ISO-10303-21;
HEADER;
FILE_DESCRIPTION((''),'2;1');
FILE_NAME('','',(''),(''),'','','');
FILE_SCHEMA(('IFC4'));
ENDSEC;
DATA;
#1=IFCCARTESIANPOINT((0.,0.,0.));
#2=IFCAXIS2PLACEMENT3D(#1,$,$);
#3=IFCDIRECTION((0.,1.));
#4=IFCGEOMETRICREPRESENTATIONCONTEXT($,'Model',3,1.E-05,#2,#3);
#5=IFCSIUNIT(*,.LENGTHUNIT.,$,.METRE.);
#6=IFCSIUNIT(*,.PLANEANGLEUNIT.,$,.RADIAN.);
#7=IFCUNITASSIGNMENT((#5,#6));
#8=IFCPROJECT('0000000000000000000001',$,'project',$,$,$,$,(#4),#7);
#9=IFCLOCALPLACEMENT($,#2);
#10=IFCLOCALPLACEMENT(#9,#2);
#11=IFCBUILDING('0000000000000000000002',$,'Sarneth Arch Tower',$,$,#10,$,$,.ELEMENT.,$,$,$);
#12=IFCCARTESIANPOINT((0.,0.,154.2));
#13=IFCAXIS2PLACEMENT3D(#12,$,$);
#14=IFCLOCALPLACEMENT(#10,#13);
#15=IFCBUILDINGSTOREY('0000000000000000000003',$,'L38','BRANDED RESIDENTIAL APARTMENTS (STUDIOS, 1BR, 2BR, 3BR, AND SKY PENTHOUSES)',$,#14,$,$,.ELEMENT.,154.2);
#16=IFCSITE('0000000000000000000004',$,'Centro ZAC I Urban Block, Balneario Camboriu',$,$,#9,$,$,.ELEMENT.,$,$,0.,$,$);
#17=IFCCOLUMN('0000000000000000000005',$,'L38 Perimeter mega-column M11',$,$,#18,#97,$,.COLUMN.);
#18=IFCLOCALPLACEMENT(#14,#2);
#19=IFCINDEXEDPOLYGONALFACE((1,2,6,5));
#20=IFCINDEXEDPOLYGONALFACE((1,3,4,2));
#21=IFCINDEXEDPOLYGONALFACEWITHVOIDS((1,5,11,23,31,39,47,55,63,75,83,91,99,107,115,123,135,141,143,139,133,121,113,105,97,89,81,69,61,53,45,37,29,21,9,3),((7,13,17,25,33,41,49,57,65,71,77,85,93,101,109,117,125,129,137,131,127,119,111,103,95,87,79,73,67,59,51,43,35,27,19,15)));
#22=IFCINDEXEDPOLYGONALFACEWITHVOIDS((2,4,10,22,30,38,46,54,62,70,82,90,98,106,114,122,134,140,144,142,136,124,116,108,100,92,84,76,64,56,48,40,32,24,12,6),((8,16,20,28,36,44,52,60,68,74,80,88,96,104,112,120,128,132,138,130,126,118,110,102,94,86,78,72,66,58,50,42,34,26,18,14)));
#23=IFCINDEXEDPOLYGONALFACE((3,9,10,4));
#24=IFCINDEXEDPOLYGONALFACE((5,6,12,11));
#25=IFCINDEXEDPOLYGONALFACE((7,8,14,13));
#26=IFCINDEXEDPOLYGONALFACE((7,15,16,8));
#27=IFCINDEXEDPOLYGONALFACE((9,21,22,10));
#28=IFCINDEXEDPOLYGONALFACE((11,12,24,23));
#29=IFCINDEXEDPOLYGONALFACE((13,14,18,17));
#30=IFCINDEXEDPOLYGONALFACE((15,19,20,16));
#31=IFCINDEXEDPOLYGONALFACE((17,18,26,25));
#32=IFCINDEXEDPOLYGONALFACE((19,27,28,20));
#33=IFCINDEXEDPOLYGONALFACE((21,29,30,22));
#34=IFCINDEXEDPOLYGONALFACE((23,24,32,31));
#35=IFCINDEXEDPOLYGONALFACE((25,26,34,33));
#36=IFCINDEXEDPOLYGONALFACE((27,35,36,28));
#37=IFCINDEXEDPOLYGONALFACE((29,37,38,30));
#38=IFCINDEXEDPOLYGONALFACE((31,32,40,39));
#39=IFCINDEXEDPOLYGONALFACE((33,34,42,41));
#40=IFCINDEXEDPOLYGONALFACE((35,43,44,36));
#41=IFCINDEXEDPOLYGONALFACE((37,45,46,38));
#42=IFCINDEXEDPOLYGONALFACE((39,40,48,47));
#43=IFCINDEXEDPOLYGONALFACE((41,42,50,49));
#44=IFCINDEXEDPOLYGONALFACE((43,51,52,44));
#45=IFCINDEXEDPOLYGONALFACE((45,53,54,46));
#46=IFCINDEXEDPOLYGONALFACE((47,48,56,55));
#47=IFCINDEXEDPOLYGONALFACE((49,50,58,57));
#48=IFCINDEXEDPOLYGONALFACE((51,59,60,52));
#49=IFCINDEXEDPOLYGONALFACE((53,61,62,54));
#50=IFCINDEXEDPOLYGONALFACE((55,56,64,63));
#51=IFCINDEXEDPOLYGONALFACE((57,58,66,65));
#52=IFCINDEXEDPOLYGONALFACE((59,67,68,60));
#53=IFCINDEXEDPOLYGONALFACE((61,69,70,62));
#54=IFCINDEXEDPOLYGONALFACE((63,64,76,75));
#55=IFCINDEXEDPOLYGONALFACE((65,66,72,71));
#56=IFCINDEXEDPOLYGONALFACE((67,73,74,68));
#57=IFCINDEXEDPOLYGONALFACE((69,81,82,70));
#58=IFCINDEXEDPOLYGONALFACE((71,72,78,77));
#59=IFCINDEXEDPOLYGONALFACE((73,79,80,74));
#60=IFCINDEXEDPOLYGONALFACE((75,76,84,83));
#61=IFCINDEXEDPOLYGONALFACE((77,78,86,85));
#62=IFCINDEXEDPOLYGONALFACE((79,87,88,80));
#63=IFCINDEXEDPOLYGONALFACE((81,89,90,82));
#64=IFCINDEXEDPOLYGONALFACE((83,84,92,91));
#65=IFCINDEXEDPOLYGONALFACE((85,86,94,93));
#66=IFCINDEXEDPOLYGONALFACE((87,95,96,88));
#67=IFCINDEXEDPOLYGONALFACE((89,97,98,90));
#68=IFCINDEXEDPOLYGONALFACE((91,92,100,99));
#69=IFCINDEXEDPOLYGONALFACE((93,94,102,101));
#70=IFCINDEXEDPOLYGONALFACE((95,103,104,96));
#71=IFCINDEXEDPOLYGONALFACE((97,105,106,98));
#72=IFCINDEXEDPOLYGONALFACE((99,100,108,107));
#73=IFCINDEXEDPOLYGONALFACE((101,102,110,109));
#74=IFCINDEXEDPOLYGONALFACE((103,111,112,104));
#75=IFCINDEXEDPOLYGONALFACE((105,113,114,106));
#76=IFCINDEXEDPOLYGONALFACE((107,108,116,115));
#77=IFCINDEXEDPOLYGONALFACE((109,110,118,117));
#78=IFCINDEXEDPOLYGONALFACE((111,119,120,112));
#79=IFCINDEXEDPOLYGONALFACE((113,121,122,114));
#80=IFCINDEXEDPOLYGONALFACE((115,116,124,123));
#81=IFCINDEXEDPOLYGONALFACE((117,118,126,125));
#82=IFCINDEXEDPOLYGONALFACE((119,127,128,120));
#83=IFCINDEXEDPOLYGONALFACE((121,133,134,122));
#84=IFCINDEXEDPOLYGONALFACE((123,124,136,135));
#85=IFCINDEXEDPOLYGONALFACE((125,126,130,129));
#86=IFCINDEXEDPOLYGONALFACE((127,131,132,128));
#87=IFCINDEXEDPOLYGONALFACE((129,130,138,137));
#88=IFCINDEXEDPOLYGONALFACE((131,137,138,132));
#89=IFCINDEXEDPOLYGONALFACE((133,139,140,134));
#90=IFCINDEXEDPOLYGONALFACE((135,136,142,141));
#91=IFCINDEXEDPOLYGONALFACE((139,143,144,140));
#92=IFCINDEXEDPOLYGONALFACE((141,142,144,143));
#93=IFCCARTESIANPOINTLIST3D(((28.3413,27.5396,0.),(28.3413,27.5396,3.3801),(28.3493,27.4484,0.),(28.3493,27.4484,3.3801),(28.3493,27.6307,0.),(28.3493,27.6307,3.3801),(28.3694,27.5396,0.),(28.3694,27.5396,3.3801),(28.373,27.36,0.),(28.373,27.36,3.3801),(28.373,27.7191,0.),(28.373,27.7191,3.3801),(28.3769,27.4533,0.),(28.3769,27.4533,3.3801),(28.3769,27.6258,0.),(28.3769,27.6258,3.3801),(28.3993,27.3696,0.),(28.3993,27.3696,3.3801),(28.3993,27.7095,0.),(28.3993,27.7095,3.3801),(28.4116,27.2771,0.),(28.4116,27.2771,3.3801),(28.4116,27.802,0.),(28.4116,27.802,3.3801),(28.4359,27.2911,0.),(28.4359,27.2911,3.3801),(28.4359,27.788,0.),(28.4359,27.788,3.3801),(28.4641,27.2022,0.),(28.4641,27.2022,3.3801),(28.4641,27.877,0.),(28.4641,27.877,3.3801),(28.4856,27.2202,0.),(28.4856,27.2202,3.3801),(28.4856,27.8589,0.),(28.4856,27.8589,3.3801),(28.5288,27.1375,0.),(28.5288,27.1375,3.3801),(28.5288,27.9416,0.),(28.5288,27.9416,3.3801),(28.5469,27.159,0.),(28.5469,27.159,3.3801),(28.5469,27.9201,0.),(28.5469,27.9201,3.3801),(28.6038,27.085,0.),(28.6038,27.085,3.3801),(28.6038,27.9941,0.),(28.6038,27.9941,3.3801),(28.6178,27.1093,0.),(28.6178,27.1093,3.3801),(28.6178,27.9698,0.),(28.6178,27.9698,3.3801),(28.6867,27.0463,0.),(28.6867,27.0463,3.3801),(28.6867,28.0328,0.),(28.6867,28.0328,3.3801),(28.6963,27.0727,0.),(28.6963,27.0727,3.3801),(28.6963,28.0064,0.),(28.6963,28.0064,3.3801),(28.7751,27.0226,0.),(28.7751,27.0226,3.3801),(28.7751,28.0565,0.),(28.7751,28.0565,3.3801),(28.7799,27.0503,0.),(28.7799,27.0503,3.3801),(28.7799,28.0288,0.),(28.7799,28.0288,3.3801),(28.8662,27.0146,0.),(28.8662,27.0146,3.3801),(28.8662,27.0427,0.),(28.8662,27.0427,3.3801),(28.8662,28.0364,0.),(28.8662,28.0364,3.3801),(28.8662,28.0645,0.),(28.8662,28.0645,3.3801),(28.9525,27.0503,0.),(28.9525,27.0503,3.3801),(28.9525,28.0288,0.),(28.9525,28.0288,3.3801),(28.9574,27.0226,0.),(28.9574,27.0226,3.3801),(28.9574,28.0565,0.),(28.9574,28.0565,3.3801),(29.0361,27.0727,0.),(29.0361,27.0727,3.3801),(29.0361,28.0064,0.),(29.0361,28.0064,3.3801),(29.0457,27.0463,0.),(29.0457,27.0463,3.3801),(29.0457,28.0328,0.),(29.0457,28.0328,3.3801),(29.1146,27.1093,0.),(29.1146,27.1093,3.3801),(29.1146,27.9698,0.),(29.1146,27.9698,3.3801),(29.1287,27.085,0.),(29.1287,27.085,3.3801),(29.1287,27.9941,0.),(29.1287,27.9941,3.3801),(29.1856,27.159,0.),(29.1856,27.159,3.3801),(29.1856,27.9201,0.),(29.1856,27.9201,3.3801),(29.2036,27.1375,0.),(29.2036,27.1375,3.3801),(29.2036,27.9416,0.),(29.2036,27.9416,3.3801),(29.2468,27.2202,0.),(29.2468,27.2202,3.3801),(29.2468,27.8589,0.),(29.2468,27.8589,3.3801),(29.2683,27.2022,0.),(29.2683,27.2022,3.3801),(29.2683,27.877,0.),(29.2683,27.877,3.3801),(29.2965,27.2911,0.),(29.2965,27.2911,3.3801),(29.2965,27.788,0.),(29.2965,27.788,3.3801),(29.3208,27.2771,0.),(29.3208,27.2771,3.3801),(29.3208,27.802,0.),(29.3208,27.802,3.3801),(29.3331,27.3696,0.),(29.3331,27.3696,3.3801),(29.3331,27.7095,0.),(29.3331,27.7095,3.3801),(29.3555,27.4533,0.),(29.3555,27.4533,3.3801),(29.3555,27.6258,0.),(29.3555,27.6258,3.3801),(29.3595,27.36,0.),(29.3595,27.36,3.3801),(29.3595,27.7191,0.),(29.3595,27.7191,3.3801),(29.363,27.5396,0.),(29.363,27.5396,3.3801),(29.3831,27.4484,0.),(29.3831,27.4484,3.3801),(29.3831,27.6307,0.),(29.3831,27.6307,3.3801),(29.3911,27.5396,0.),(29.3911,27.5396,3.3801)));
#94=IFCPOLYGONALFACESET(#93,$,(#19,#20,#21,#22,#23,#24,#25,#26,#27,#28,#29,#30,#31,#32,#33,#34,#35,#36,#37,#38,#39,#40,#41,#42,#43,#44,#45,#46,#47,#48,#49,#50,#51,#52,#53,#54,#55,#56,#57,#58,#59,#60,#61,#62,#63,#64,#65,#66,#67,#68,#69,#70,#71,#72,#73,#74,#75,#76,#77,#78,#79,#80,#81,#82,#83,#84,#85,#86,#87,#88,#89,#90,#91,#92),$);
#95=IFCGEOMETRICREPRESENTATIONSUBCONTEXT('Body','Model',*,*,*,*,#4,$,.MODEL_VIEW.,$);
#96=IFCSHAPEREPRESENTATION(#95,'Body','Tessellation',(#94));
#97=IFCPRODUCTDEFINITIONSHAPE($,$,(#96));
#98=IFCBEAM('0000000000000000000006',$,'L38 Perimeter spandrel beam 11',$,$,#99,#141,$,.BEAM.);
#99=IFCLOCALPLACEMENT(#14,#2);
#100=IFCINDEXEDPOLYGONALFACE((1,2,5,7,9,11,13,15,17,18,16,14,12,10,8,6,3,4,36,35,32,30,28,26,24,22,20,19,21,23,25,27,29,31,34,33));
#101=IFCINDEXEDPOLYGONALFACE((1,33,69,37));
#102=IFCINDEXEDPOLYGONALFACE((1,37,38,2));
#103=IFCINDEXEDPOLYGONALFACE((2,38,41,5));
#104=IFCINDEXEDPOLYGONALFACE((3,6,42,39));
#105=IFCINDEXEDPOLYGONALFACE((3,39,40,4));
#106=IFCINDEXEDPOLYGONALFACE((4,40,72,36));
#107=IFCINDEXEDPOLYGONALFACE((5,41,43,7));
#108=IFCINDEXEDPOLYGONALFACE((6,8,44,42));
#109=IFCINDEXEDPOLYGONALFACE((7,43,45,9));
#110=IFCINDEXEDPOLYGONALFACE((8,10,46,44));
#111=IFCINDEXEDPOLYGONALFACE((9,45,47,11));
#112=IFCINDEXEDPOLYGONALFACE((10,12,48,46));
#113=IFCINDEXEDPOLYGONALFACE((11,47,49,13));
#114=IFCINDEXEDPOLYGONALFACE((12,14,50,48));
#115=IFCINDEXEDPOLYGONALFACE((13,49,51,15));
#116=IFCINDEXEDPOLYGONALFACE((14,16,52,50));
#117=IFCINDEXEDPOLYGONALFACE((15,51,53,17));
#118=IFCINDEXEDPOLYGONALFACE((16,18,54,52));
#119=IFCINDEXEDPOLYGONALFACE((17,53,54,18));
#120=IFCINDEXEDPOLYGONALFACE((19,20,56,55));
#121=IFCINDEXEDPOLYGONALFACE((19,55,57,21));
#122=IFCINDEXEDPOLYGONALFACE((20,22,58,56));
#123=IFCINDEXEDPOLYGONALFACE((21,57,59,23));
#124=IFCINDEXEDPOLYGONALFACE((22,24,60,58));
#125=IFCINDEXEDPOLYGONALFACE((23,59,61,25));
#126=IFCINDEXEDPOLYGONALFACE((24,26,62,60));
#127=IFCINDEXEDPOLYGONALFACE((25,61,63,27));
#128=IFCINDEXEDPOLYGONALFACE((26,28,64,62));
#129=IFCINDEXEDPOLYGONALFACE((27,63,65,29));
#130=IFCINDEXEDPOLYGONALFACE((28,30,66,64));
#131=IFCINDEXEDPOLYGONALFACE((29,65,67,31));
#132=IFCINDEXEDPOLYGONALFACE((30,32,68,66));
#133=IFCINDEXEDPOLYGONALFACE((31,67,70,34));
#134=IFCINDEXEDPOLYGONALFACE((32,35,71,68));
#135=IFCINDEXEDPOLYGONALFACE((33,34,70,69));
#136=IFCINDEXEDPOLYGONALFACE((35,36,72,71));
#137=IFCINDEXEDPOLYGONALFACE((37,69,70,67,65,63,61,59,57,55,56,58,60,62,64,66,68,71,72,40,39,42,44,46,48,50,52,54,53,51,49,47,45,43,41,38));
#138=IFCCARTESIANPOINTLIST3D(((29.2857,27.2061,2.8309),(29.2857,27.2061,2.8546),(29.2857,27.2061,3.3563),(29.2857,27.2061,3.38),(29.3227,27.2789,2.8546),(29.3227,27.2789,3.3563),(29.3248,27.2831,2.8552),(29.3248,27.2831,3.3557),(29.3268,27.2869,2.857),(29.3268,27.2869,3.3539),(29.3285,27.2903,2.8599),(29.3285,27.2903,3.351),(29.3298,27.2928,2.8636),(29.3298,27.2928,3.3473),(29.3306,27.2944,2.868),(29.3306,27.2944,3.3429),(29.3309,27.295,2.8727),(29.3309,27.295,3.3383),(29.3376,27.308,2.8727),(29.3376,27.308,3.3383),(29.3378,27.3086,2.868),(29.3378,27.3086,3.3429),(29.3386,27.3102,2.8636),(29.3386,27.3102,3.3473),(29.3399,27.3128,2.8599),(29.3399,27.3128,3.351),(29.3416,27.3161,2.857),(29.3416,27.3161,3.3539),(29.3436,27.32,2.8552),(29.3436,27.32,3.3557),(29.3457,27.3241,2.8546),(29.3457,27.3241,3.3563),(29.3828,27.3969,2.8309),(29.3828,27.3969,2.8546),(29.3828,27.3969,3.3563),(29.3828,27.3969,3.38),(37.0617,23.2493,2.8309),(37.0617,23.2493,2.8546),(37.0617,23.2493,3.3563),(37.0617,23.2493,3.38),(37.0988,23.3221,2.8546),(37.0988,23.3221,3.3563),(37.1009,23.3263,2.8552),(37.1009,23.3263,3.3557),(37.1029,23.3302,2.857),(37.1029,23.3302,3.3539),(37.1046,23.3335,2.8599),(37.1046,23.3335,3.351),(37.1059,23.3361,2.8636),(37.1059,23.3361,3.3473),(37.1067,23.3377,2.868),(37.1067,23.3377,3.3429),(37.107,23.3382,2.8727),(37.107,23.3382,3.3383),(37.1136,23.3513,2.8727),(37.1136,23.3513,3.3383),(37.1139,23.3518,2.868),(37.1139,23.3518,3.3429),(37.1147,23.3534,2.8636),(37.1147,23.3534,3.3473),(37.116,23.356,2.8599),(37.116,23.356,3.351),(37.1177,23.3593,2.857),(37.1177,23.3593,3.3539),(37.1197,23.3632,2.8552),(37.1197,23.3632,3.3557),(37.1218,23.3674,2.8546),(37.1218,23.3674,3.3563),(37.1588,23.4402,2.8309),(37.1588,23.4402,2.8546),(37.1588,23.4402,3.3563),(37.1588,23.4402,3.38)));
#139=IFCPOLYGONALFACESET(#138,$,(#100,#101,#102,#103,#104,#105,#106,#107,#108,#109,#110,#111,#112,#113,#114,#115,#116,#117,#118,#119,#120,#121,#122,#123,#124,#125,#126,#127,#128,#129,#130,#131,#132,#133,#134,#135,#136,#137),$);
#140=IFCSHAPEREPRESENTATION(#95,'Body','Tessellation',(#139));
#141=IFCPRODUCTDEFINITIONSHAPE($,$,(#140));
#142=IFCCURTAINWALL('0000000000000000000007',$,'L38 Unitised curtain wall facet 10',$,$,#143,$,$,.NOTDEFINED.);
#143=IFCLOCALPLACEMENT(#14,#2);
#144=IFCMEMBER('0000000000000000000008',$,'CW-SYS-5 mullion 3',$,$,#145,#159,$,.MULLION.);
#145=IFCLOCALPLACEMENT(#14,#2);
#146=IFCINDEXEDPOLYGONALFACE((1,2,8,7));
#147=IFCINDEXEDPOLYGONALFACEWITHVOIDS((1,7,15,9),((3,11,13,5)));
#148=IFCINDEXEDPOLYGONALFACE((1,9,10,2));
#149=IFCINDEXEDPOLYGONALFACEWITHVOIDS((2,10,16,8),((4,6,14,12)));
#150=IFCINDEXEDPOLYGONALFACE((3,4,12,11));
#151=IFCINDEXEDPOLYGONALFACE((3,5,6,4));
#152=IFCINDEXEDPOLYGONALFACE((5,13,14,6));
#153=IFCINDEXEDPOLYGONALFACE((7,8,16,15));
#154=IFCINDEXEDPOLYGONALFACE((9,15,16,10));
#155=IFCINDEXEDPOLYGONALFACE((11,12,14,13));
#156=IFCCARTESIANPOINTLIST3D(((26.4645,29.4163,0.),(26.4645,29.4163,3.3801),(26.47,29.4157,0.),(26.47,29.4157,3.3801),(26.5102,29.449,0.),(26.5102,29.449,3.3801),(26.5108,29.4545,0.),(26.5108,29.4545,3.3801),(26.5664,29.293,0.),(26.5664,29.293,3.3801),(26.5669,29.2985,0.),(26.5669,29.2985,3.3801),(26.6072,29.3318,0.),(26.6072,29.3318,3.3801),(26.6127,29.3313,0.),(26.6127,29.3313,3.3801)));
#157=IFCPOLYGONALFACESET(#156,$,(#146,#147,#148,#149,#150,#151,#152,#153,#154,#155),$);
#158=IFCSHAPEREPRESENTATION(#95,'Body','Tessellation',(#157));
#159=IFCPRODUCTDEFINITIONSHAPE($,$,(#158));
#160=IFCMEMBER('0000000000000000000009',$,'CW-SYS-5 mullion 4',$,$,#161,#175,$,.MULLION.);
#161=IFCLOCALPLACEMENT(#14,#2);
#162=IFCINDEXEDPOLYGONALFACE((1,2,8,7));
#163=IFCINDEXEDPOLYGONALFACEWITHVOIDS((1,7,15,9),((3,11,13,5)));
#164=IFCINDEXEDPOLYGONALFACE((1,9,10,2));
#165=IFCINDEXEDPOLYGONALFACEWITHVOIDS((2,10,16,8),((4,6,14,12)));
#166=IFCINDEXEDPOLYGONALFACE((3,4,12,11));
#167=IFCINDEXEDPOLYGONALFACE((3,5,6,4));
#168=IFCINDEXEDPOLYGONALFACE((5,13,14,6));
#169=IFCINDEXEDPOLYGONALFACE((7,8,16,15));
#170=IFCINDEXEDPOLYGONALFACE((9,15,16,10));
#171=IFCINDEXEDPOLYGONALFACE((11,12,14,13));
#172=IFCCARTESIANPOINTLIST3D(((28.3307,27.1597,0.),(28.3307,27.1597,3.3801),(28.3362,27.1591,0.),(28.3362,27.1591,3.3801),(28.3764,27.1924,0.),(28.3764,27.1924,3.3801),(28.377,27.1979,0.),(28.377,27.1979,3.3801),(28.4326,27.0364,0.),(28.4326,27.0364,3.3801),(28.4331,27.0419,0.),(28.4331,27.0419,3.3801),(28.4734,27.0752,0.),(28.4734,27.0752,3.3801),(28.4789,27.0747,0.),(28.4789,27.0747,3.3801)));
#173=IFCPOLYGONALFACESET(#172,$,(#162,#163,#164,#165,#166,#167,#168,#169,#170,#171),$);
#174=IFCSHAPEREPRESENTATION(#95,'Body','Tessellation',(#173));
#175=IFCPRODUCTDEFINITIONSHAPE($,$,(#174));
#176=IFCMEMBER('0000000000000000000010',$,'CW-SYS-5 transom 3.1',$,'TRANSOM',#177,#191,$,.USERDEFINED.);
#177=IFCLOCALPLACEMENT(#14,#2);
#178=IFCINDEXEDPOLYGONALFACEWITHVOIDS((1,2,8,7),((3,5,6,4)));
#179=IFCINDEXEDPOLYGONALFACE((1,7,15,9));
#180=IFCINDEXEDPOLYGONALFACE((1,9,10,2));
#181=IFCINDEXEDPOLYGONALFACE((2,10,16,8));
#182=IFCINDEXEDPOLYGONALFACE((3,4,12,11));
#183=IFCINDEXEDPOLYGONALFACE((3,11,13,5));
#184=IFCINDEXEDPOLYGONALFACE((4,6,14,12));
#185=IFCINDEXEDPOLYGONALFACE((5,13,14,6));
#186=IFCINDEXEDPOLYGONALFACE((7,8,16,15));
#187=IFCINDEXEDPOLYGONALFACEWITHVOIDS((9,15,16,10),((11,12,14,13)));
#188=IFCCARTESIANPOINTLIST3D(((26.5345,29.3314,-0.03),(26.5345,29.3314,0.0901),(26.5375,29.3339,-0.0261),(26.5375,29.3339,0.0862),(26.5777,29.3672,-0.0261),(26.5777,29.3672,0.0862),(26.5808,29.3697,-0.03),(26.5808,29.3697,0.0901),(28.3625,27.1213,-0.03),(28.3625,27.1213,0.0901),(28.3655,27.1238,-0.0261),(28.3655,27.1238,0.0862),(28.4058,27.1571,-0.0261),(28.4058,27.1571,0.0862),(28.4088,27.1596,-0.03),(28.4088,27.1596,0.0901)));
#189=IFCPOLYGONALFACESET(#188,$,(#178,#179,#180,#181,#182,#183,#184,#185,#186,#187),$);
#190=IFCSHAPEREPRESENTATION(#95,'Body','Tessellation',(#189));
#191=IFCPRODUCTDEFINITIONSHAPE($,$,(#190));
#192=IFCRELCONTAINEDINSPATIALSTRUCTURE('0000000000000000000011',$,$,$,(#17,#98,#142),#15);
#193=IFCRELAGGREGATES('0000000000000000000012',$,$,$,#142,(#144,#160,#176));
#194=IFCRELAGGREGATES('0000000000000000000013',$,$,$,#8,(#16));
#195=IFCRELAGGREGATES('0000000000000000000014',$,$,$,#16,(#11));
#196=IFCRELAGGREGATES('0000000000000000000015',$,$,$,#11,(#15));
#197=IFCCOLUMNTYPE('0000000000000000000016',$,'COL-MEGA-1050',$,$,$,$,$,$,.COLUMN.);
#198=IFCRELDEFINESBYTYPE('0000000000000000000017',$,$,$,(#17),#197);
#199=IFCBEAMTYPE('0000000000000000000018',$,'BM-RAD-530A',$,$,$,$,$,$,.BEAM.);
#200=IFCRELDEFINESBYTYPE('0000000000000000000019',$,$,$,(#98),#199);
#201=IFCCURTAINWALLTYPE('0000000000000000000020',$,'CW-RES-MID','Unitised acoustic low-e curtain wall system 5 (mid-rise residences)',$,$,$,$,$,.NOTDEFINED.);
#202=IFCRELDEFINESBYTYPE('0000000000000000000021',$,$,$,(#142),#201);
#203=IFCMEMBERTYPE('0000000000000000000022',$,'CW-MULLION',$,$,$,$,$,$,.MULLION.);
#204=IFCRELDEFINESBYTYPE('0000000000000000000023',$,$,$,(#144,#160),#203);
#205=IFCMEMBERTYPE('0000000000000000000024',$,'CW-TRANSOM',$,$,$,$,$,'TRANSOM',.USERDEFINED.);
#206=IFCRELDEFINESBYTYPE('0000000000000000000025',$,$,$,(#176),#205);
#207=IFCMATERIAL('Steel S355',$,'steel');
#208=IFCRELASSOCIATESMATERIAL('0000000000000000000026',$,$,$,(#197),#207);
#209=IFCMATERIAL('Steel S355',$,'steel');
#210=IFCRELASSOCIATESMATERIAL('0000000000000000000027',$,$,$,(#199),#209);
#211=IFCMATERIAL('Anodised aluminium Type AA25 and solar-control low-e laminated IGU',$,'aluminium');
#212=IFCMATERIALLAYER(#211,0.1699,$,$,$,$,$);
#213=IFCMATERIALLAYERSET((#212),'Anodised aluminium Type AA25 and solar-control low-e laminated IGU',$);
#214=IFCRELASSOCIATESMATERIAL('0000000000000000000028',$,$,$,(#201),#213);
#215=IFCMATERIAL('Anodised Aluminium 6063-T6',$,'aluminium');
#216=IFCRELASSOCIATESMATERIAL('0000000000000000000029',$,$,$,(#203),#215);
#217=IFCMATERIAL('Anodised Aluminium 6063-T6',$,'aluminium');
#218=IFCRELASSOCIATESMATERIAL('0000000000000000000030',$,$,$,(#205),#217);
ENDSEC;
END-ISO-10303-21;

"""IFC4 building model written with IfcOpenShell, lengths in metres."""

from ifc_helpers import new_model, si_unit, direction, frame, origin, origin_2d, place, context, subcontext, project, spatial, hollow_rectangle, hollow_circle, i_section, extrude, material, layer, layer_set, material_profile, profile_set, type_object, element, aggregate, save


model = new_model("IFC4")

# Units and contexts
model_context = context("Model", 3, precision=1e-05, world=origin(), true_north=direction((0.0, 1.0)))
body_context = subcontext(model_context, "Body", "Model", "MODEL_VIEW")
ifc_project = project(units=[si_unit("LENGTHUNIT", "METRE"), si_unit("PLANEANGLEUNIT", "RADIAN")], contexts=[model_context])

# Site, building, storey
site_placement = place(None, origin())
site = spatial("IfcSite", under=ifc_project, at=site_placement, Name="Centro ZAC I Urban Block, Balneario Camboriu", CompositionType="ELEMENT", RefElevation=0.0)
building_placement = place(site_placement, origin())
building = spatial("IfcBuilding", under=site, at=building_placement, Name="Sarneth Arch Tower", CompositionType="ELEMENT")
storey_placement = place(building_placement, frame((0.0, 0.0, 154.2)))
storey = spatial("IfcBuildingStorey", under=building, at=storey_placement, Name="L38", Description="BRANDED RESIDENTIAL APARTMENTS (STUDIOS, 1BR, 2BR, 3BR, AND SKY PENTHOUSES)", CompositionType="ELEMENT", Elevation=154.2)

# Column
ifc_material_1 = material(Name="Steel S355", Category="steel")
ifc_material_profile_1 = material_profile(ifc_material_1, hollow_circle(Radius=0.5249, WallThickness=0.0281, at=origin_2d()), Name="CHS1050x28")
ifc_profile_set_1 = profile_set([ifc_material_profile_1], Name="Steel S355")
column_type = type_object("IfcColumnType", Name="COL-MEGA-1050", PredefinedType="COLUMN", material=ifc_profile_set_1)
column_placement = place(storey_placement, frame((28.8662, 27.5396, 0.0), z_axis=(0.0, 0.0, 1.0), x_axis=(1.0, 0.0, 0.0)))
element("IfcColumn", 1, at=column_placement, inside=storey, type_object=column_type, Name="L38 Perimeter mega-column M11", PredefinedType="COLUMN", context=body_context, shape_type="SweptSolid", body=[
    extrude(hollow_circle(Radius=0.5249, WallThickness=0.0281, at=origin_2d()), origin(), (0.0, 0.0, 1.0), 3.3801),
])

# Beam
ifc_material_2 = material(Name="Steel S355", Category="steel")
ifc_material_profile_2 = material_profile(ifc_material_2, i_section(OverallWidth=0.2141, OverallDepth=0.5491, WebThickness=0.0146, FlangeThickness=0.0237, FilletRadius=0.0181, at=origin_2d()), Name="W530x138")
ifc_profile_set_2 = profile_set([ifc_material_profile_2], Name="Steel S355")
beam_type = type_object("IfcBeamType", Name="BM-RAD-530A", PredefinedType="BEAM", material=ifc_profile_set_2)
beam_placement = place(storey_placement, frame((29.3342, 27.3015, 3.1055), z_axis=(0.891254, -0.453504, 0.0), x_axis=(0.453504, 0.891254, 0.0)))
element("IfcBeam", 2, at=beam_placement, inside=storey, type_object=beam_type, Name="L38 Perimeter spandrel beam 11", PredefinedType="BEAM", context=body_context, shape_type="SweptSolid", body=[
    extrude(i_section(OverallWidth=0.2141, OverallDepth=0.5491, WebThickness=0.0146, FlangeThickness=0.0237, FilletRadius=0.0181, at=origin_2d()), origin(), (0.0, 0.0, 1.0), 8.7249),
])

# Curtain wall, members
ifc_material_3 = material(Name="Anodised aluminium Type AA25 and solar-control low-e laminated IGU", Category="aluminium")
ifc_layer_1 = layer(ifc_material_3, 0.1699)
ifc_layer_set_1 = layer_set([ifc_layer_1], Name="Anodised aluminium Type AA25 and solar-control low-e laminated IGU")
curtain_wall_type = type_object("IfcCurtainWallType", Name="CW-RES-MID", Description="Unitised acoustic low-e curtain wall system 5 (mid-rise residences)", PredefinedType="NOTDEFINED", material=ifc_layer_set_1)
curtain_wall_placement = place(storey_placement, origin())
curtain_wall = element("IfcCurtainWall", 3, at=curtain_wall_placement, inside=storey, type_object=curtain_wall_type, Name="L38 Unitised curtain wall facet 10", PredefinedType="NOTDEFINED")
ifc_material_4 = material(Name="Anodised Aluminium 6063-T6", Category="aluminium")
ifc_material_profile_3 = material_profile(ifc_material_4, hollow_rectangle(XDim=0.0601, YDim=0.1599, WallThickness=0.0039, at=origin_2d()), Name="AL-MULL-160x60x4")
ifc_profile_set_3 = profile_set([ifc_material_profile_3], Name="Anodised Aluminium 6063-T6")
member_type_1 = type_object("IfcMemberType", Name="CW-MULLION", PredefinedType="MULLION", material=ifc_profile_set_3)
member_1_placement = place(storey_placement, frame((26.5386, 29.3738, 0.0), z_axis=(0.0, 0.0, 1.0), x_axis=(0.770591, 0.63733, 0.0)))
member_1 = element("IfcMember", 4, at=member_1_placement, type_object=member_type_1, Name="CW-SYS-5 mullion 3", PredefinedType="MULLION", context=body_context, shape_type="SweptSolid", body=[
    extrude(hollow_rectangle(XDim=0.0601, YDim=0.1599, WallThickness=0.0039, at=origin_2d()), origin(), (0.0, 0.0, 1.0), 3.3801),
])
member_2_placement = place(storey_placement, frame((28.4048, 27.1172, 0.0), z_axis=(0.0, 0.0, 1.0), x_axis=(0.770591, 0.63733, 0.0)))
member_2 = element("IfcMember", 5, at=member_2_placement, type_object=member_type_1, Name="CW-SYS-5 mullion 4", PredefinedType="MULLION", context=body_context, shape_type="SweptSolid", body=[
    extrude(hollow_rectangle(XDim=0.0601, YDim=0.1599, WallThickness=0.0039, at=origin_2d()), origin(), (0.0, 0.0, 1.0), 3.3801),
])
ifc_material_5 = material(Name="Anodised Aluminium 6063-T6", Category="aluminium")
ifc_material_profile_4 = material_profile(ifc_material_5, hollow_rectangle(XDim=0.0601, YDim=0.1201, WallThickness=0.0039, at=origin_2d()), Name="AL-TRAN-120x60x4")
ifc_profile_set_4 = profile_set([ifc_material_profile_4], Name="Anodised Aluminium 6063-T6")
member_type_2 = type_object("IfcMemberType", Name="CW-TRANSOM", ElementType="TRANSOM", PredefinedType="USERDEFINED", material=ifc_profile_set_4)
member_3_placement = place(storey_placement, frame((26.5576, 29.3506, 0.03), z_axis=(0.637359, -0.770567, 0.0), x_axis=(0.770567, 0.637359, 0.0)))
member_3 = element("IfcMember", 6, at=member_3_placement, type_object=member_type_2, Name="CW-SYS-5 transom 3.1", ObjectType="TRANSOM", PredefinedType="USERDEFINED", context=body_context, shape_type="SweptSolid", body=[
    extrude(hollow_rectangle(XDim=0.0601, YDim=0.1201, WallThickness=0.0039, at=origin_2d()), origin(), (0.0, 0.0, 1.0), 2.8682),
])

aggregate(curtain_wall, [member_1, member_2, member_3])

save(model, "model.ifc")
